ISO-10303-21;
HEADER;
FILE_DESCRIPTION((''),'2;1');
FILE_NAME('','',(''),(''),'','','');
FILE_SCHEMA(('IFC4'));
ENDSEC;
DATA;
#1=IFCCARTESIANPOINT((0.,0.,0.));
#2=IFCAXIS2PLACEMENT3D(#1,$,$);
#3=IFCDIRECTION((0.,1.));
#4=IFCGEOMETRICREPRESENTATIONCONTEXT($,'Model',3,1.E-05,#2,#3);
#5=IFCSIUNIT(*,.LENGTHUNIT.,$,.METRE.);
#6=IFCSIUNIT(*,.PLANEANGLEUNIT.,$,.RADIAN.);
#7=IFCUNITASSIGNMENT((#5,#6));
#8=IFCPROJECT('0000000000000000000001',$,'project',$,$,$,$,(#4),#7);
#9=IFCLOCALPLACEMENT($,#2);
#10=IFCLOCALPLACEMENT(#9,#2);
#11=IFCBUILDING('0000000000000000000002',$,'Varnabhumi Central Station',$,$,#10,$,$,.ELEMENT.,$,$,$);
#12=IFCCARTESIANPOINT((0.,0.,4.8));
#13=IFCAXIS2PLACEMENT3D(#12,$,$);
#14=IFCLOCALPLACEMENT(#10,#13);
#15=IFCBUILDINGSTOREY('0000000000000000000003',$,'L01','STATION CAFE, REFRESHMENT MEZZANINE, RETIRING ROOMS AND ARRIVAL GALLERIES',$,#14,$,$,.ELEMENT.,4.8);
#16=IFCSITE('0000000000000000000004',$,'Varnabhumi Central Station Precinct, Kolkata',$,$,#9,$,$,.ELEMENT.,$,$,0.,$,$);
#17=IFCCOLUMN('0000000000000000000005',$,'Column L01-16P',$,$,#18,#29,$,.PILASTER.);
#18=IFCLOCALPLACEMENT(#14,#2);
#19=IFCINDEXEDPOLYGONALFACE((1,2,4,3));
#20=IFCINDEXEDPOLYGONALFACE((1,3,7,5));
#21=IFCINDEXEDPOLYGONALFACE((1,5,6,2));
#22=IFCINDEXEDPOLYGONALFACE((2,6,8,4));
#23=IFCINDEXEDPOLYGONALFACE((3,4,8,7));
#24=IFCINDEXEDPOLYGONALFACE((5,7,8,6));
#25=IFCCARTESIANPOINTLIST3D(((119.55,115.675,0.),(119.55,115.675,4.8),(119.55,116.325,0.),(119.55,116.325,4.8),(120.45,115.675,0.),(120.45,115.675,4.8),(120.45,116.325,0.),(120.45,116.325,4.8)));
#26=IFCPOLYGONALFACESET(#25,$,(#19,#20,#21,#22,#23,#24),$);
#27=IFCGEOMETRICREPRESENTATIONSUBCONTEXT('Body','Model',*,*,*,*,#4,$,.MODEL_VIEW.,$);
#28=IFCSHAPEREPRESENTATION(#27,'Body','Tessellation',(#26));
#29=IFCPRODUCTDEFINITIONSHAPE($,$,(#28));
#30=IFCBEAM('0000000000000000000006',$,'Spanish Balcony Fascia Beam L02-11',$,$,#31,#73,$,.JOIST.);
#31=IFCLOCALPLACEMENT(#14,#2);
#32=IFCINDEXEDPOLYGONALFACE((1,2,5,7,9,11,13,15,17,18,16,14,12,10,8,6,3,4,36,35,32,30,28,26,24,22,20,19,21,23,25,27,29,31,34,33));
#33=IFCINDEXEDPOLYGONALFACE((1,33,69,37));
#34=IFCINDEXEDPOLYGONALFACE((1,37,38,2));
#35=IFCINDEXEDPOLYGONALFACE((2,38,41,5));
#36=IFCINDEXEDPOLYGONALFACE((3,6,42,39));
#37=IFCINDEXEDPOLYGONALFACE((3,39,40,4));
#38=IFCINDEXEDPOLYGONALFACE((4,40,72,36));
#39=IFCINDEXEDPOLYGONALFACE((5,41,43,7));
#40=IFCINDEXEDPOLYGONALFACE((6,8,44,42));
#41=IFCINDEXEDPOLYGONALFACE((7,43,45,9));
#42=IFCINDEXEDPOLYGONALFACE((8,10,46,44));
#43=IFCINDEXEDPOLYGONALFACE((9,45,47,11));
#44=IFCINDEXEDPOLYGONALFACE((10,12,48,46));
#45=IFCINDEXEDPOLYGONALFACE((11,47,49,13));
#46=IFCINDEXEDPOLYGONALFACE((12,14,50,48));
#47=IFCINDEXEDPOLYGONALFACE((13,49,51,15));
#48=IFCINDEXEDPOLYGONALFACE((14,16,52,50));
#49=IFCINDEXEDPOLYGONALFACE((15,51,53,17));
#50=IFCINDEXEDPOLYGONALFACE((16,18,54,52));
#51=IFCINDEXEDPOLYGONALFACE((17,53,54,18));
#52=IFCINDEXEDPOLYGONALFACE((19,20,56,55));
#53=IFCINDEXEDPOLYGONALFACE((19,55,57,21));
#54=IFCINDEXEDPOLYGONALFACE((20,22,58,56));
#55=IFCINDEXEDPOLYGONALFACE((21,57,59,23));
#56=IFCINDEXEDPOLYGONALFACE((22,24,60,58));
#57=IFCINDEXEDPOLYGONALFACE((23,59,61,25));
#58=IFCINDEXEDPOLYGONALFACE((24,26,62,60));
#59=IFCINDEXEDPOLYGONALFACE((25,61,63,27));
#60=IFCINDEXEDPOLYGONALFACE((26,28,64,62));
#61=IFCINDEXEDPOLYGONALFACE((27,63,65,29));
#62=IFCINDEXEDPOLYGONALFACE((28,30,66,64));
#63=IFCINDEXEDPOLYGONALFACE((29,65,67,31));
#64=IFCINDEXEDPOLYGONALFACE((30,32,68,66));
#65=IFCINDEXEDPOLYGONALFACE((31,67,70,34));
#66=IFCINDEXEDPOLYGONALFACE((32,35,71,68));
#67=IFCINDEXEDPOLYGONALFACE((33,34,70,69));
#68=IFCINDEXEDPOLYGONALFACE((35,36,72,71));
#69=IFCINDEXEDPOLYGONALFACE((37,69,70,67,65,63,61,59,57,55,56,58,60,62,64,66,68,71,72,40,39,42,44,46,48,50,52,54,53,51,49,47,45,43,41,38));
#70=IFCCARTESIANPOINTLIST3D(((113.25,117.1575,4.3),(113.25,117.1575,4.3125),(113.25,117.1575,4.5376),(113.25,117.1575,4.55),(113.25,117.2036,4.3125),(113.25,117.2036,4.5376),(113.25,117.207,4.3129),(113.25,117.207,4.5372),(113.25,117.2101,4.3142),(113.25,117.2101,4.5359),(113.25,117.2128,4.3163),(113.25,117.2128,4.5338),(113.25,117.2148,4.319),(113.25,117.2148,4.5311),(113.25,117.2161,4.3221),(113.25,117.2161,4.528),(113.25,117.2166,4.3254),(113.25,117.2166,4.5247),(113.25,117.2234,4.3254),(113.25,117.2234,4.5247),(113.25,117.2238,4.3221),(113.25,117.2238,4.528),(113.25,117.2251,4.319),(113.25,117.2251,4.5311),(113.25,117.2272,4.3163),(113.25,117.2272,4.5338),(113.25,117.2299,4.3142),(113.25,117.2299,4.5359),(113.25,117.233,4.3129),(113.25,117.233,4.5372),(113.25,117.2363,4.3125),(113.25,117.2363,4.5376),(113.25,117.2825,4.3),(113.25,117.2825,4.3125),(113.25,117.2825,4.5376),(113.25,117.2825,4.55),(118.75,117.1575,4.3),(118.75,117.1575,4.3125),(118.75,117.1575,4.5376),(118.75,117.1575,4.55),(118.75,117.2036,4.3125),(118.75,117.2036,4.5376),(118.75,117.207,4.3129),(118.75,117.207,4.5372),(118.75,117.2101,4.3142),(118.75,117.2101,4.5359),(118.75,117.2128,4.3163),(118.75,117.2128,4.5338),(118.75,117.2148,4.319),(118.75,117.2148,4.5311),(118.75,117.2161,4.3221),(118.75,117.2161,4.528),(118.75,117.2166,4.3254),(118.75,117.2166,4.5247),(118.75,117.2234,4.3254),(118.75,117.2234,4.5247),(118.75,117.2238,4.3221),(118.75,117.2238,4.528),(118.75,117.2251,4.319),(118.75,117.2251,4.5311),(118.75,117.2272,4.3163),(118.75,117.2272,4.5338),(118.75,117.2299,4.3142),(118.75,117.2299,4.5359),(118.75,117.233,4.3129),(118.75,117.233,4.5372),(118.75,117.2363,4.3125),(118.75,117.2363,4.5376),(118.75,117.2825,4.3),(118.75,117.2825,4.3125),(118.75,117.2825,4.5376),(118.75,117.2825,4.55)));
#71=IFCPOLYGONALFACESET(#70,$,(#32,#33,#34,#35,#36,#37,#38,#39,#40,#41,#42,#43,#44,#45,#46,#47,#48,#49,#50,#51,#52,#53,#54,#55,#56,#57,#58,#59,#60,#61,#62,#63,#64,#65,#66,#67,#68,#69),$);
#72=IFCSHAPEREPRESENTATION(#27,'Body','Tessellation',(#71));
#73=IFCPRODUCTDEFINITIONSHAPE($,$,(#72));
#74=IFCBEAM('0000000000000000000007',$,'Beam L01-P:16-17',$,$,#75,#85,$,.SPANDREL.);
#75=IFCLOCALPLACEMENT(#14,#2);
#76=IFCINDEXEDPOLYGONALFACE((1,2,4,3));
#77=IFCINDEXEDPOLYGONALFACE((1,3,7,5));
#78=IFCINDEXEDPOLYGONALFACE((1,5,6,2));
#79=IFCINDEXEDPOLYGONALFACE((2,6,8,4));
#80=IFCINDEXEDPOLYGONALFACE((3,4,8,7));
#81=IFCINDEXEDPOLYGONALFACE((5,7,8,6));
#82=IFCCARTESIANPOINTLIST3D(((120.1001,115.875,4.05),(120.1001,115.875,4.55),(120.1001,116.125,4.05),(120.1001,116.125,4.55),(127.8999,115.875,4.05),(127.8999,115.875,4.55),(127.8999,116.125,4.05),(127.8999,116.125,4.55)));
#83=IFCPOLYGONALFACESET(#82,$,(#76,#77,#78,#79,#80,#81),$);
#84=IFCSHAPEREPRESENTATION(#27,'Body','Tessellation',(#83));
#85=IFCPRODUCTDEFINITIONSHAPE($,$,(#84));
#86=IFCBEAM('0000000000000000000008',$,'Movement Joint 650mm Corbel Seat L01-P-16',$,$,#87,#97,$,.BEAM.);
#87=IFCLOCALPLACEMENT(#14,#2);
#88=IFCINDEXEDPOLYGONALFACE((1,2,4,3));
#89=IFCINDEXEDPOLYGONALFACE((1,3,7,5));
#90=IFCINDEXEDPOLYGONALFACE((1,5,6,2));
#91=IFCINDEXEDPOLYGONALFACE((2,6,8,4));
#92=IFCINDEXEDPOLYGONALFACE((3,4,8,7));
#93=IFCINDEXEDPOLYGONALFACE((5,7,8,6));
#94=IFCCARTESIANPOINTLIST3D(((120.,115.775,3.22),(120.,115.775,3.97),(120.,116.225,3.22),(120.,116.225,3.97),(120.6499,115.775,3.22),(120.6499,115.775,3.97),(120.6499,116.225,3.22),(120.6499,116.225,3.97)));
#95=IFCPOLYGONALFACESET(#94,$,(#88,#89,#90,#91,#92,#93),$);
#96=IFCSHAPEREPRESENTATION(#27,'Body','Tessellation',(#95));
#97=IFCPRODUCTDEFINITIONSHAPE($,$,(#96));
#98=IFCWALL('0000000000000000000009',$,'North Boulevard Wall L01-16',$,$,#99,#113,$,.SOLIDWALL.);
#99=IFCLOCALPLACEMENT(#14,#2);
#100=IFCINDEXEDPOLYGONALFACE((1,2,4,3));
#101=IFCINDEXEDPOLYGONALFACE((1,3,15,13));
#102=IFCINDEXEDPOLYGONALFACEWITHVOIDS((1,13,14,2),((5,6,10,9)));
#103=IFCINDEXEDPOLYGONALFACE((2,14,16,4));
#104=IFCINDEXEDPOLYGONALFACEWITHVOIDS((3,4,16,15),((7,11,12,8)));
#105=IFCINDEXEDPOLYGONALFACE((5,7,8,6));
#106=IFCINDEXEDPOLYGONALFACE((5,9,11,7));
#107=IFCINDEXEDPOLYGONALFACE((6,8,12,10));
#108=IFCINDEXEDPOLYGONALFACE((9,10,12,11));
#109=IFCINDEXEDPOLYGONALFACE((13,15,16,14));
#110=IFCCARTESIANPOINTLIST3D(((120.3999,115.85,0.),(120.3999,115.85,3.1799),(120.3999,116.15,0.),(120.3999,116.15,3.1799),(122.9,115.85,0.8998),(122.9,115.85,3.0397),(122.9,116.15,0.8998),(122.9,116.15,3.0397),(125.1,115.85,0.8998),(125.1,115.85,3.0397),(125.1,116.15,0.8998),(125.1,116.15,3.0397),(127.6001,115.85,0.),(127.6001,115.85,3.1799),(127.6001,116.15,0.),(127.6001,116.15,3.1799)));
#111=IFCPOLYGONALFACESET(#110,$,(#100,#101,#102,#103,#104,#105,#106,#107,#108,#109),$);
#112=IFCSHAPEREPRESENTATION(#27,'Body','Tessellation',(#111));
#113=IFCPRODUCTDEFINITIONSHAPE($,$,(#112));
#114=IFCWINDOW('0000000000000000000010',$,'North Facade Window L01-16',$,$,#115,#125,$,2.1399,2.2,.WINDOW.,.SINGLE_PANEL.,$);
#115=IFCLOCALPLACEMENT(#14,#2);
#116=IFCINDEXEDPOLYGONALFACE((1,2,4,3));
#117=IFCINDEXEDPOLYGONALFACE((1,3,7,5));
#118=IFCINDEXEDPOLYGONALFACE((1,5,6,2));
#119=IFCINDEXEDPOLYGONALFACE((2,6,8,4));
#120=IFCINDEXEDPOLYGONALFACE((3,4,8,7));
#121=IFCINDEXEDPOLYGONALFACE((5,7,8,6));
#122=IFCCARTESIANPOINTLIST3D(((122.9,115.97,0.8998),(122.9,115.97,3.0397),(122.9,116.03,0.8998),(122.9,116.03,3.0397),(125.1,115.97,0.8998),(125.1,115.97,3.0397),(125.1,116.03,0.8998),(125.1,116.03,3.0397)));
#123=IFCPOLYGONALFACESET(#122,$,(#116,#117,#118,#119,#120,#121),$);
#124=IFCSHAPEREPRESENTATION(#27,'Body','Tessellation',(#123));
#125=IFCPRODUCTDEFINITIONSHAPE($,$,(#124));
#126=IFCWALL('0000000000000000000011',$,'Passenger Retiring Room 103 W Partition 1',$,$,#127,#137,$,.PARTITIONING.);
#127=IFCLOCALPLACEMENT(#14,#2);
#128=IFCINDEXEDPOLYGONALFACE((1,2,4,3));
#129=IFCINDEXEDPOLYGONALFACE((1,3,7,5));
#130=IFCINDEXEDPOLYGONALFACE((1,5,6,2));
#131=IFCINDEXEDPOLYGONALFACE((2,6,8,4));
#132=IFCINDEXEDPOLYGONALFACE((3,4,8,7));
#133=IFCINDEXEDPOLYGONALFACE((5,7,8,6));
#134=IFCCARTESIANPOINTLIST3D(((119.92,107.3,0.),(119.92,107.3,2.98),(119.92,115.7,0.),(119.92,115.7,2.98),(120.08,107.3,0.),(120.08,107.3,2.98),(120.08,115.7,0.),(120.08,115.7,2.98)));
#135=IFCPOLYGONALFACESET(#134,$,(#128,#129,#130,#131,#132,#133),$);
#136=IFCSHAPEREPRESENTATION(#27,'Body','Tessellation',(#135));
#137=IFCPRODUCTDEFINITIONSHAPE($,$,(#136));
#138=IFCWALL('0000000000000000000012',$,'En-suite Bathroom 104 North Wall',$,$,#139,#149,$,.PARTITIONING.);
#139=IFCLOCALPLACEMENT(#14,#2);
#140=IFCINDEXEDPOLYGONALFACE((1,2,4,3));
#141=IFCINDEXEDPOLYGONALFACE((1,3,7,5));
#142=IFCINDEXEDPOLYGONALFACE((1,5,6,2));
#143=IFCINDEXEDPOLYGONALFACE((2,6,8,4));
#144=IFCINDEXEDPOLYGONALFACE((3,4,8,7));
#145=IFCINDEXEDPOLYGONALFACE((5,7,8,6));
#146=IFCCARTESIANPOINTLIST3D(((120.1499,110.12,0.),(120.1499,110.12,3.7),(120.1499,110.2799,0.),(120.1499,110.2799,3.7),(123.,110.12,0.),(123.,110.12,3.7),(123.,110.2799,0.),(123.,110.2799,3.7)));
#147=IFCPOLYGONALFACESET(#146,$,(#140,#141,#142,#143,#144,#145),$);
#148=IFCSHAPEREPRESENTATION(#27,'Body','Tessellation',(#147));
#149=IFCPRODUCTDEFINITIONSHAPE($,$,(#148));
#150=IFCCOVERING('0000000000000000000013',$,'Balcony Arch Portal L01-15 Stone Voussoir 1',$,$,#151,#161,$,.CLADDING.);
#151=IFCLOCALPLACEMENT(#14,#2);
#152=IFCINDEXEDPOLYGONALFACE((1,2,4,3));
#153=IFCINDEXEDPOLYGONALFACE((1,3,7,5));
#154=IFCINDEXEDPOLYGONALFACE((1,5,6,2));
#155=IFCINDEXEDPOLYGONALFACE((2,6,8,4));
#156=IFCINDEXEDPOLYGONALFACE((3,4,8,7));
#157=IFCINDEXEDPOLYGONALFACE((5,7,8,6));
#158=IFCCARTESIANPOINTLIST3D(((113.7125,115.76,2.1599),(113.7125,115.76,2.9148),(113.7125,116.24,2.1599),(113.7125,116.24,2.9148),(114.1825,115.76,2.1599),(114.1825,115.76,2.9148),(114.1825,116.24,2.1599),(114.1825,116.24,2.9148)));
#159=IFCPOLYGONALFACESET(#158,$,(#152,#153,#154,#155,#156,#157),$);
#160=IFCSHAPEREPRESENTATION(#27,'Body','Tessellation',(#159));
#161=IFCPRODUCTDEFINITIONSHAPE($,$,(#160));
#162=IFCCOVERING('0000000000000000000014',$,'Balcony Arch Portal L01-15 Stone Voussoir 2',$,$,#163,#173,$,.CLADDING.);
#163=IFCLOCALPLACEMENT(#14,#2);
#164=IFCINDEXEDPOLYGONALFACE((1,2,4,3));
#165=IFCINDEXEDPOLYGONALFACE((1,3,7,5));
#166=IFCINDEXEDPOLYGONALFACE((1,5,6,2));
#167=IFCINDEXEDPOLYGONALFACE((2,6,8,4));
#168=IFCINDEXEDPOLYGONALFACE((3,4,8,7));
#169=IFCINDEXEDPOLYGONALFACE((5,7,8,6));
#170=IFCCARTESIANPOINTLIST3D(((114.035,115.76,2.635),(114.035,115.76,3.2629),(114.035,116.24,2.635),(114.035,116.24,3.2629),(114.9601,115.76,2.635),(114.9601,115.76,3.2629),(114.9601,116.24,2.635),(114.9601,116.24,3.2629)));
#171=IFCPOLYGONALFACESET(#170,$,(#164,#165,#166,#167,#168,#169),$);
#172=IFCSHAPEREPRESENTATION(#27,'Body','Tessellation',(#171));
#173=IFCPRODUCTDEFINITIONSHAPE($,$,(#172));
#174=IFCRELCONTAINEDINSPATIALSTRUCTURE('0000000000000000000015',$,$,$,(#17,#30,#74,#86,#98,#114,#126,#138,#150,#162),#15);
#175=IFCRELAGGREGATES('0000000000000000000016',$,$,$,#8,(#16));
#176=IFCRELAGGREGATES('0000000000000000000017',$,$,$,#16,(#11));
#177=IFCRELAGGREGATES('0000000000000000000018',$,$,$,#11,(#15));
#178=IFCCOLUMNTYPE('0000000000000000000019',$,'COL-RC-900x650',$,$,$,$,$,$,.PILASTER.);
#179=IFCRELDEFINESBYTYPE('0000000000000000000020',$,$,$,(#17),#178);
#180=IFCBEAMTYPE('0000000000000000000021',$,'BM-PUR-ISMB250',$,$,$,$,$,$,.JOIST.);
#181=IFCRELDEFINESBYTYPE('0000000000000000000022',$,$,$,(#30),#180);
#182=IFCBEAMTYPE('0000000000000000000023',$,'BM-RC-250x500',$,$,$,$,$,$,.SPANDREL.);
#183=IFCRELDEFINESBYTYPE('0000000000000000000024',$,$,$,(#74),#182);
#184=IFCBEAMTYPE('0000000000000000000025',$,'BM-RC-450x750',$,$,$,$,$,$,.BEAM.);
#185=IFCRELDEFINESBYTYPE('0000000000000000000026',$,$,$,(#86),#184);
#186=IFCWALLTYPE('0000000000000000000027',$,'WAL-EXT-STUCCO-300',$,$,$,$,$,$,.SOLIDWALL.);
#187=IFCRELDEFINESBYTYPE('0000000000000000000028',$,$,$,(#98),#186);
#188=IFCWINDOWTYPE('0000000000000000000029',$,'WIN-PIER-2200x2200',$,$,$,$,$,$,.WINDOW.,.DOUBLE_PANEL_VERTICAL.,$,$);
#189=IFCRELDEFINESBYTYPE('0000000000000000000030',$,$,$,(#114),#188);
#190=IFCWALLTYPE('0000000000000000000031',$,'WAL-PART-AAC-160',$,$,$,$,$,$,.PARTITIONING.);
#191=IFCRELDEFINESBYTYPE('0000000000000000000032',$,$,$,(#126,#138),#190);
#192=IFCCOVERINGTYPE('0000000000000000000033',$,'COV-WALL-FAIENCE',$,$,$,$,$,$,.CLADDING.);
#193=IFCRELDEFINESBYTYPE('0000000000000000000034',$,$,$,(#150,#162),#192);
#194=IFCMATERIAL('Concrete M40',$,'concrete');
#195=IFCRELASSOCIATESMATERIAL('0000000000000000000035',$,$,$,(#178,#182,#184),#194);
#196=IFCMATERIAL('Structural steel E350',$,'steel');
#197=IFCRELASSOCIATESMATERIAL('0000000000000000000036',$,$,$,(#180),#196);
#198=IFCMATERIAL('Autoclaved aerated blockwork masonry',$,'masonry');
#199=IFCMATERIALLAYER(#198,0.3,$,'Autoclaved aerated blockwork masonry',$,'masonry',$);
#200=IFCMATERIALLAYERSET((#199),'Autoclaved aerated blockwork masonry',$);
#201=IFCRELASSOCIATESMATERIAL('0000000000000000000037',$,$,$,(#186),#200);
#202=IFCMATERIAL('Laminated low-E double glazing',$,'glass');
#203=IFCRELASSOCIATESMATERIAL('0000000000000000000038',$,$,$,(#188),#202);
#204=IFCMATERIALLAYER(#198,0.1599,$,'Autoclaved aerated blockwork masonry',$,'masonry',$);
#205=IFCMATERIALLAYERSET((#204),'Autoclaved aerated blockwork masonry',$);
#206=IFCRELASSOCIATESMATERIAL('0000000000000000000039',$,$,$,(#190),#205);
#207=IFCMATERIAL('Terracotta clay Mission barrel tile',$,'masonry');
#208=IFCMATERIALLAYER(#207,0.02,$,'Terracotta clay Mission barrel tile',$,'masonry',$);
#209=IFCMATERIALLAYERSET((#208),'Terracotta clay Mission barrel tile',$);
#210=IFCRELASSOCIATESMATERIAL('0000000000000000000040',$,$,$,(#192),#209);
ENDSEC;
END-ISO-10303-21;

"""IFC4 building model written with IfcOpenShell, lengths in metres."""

from ifc_helpers import new_model, si_unit, direction, frame, frame_2d, origin, origin_2d, place, context, subcontext, project, spatial, rectangle, i_section, extrude, material, layer, layer_set, material_profile, profile_set, type_object, element, fill, save


model = new_model("IFC4")

# Units and contexts
model_context = context("Model", 3, precision=1e-05, world=origin(), true_north=direction((0.0, 1.0)))
body_context = subcontext(model_context, "Body", "Model", "MODEL_VIEW")
ifc_project = project(units=[si_unit("LENGTHUNIT", "METRE"), si_unit("PLANEANGLEUNIT", "RADIAN")], contexts=[model_context])

# Site, building, storey
site_placement = place(None, origin())
site = spatial("IfcSite", under=ifc_project, at=site_placement, Name="Varnabhumi Central Station Precinct, Kolkata", CompositionType="ELEMENT", RefElevation=0.0)
building_placement = place(site_placement, origin())
building = spatial("IfcBuilding", under=site, at=building_placement, Name="Varnabhumi Central Station", CompositionType="ELEMENT")
storey_placement = place(building_placement, frame((0.0, 0.0, 4.8)))
storey = spatial("IfcBuildingStorey", under=building, at=storey_placement, Name="L01", Description="STATION CAFE, REFRESHMENT MEZZANINE, RETIRING ROOMS AND ARRIVAL GALLERIES", CompositionType="ELEMENT", Elevation=4.8)

# Column
ifc_material_1 = material(Name="Concrete M40", Category="concrete")
ifc_material_profile_1 = material_profile(ifc_material_1, rectangle(XDim=0.8999, YDim=0.6499, at=origin_2d()), Name="Concrete M40", Category="concrete")
ifc_profile_set_1 = profile_set([ifc_material_profile_1], Name="Concrete M40")
column_type = type_object("IfcColumnType", Name="COL-RC-900x650", PredefinedType="PILASTER", material=ifc_profile_set_1)
column_placement = place(storey_placement, frame((120.0, 116.0, 0.0), z_axis=(0.0, 0.0, 1.0), x_axis=(1.0, 0.0, 0.0)))
element("IfcColumn", 1, at=column_placement, inside=storey, type_object=column_type, Name="Column L01-16P", PredefinedType="PILASTER", context=body_context, shape_type="SweptSolid", body=[
    extrude(rectangle(XDim=0.8999, YDim=0.6499, at=origin_2d()), origin(), (0.0, 0.0, 1.0), 4.8),
])

# Beams
ifc_material_2 = material(Name="Structural steel E350", Category="steel")
ifc_material_profile_2 = material_profile(ifc_material_2, i_section(OverallWidth=0.125, OverallDepth=0.25, WebThickness=0.0068, FlangeThickness=0.0125, FilletRadius=0.0129, at=origin_2d()), Name="Structural steel E350", Category="steel")
ifc_profile_set_2 = profile_set([ifc_material_profile_2], Name="Structural steel E350")
beam_type_1 = type_object("IfcBeamType", Name="BM-PUR-ISMB250", PredefinedType="JOIST", material=ifc_profile_set_2)
beam_1_placement = place(storey_placement, frame((113.25, 117.22, 4.425), z_axis=(1.0, 0.0, 0.0), x_axis=(0.0, 1.0, 0.0)))
element("IfcBeam", 2, at=beam_1_placement, inside=storey, type_object=beam_type_1, Name="Spanish Balcony Fascia Beam L02-11", PredefinedType="JOIST", context=body_context, shape_type="SweptSolid", body=[
    extrude(i_section(OverallWidth=0.125, OverallDepth=0.25, WebThickness=0.0068, FlangeThickness=0.0125, FilletRadius=0.0129, at=origin_2d()), origin(), (0.0, 0.0, 1.0), 5.5),
])
ifc_material_profile_3 = material_profile(ifc_material_1, rectangle(XDim=0.25, YDim=0.5, at=origin_2d()), Name="Concrete M40", Category="concrete")
ifc_profile_set_3 = profile_set([ifc_material_profile_3], Name="Concrete M40")
beam_type_2 = type_object("IfcBeamType", Name="BM-RC-250x500", PredefinedType="SPANDREL", material=ifc_profile_set_3)
beam_2_placement = place(storey_placement, frame((120.1001, 116.0, 4.3), z_axis=(1.0, 0.0, 0.0), x_axis=(0.0, 1.0, 0.0)))
element("IfcBeam", 3, at=beam_2_placement, inside=storey, type_object=beam_type_2, Name="Beam L01-P:16-17", PredefinedType="SPANDREL", context=body_context, shape_type="SweptSolid", body=[
    extrude(rectangle(XDim=0.25, YDim=0.5, at=origin_2d()), origin(), (0.0, 0.0, 1.0), 7.7998),
])
ifc_material_profile_4 = material_profile(ifc_material_1, rectangle(XDim=0.45, YDim=0.75, at=origin_2d()), Name="Concrete M40", Category="concrete")
ifc_profile_set_4 = profile_set([ifc_material_profile_4], Name="Concrete M40")
beam_type_3 = type_object("IfcBeamType", Name="BM-RC-450x750", PredefinedType="BEAM", material=ifc_profile_set_4)
beam_3_placement = place(storey_placement, frame((120.0, 116.0, 3.595), z_axis=(1.0, 0.0, 0.0), x_axis=(0.0, 1.0, 0.0)))
element("IfcBeam", 4, at=beam_3_placement, inside=storey, type_object=beam_type_3, Name="Movement Joint 650mm Corbel Seat L01-P-16", PredefinedType="BEAM", context=body_context, shape_type="SweptSolid", body=[
    extrude(rectangle(XDim=0.45, YDim=0.75, at=origin_2d()), origin(), (0.0, 0.0, 1.0), 0.6499),
])

# Wall, opening, window
ifc_material_3 = material(Name="Autoclaved aerated blockwork masonry", Category="masonry")
ifc_layer_1 = layer(ifc_material_3, 0.3, Name="Autoclaved aerated blockwork masonry", Category="masonry")
ifc_layer_set_1 = layer_set([ifc_layer_1], Name="Autoclaved aerated blockwork masonry")
wall_type_1 = type_object("IfcWallType", Name="WAL-EXT-STUCCO-300", PredefinedType="SOLIDWALL", material=ifc_layer_set_1)
wall_1_placement = place(storey_placement, frame((120.3999, 116.0, 0.0), z_axis=(0.0, 0.0, 1.0), x_axis=(1.0, 0.0, 0.0)))
wall_1 = element("IfcWall", 5, at=wall_1_placement, inside=storey, type_object=wall_type_1, Name="North Boulevard Wall L01-16", PredefinedType="SOLIDWALL", context=body_context, shape_type="SweptSolid", body=[
    extrude(rectangle(XDim=7.2002, YDim=0.3, at=frame_2d((3.6001, 0.0))), origin(), (0.0, 0.0, 1.0), 3.1799),
])
opening_placement = place(wall_1_placement, frame((2.5, 0.0, 0.8999)))
opening = element("IfcOpeningElement", 6, at=opening_placement, cuts=wall_1, PredefinedType="OPENING", context=body_context, shape_type="SweptSolid", body=[
    extrude(rectangle(XDim=2.2, YDim=2.1399, at=frame_2d((1.1001, 1.0698))), frame((0.0, 0.1599, 0.0), z_axis=(0.0, -1.0, 0.0), x_axis=(1.0, 0.0, 0.0)), (0.0, 0.0, 1.0), 0.3201),
])
ifc_material_4 = material(Name="Laminated low-E double glazing", Category="glass")
window_type = type_object("IfcWindowType", Name="WIN-PIER-2200x2200", PartitioningType="DOUBLE_PANEL_VERTICAL", PredefinedType="WINDOW", material=ifc_material_4)
window_placement = place(opening_placement, origin())
window = element("IfcWindow", 7, at=window_placement, inside=storey, type_object=window_type, Name="North Facade Window L01-16", OverallHeight=2.1399, OverallWidth=2.2, PartitioningType="SINGLE_PANEL", PredefinedType="WINDOW", context=body_context, shape_type="SweptSolid", body=[
    extrude(rectangle(XDim=2.2, YDim=2.1399, at=frame_2d((1.1001, 1.0698))), frame((0.0, 0.03, 0.0), z_axis=(0.0, -1.0, 0.0), x_axis=(1.0, 0.0, 0.0)), (0.0, 0.0, 1.0), 0.0601),
])
fill(opening, window)

# Walls
ifc_layer_2 = layer(ifc_material_3, 0.1599, Name="Autoclaved aerated blockwork masonry", Category="masonry")
ifc_layer_set_2 = layer_set([ifc_layer_2], Name="Autoclaved aerated blockwork masonry")
wall_type_2 = type_object("IfcWallType", Name="WAL-PART-AAC-160", PredefinedType="PARTITIONING", material=ifc_layer_set_2)
wall_2_placement = place(storey_placement, frame((120.0, 107.3, 0.0), z_axis=(0.0, 0.0, 1.0), x_axis=(0.0, 1.0, 0.0)))
element("IfcWall", 8, at=wall_2_placement, inside=storey, type_object=wall_type_2, Name="Passenger Retiring Room 103 W Partition 1", PredefinedType="PARTITIONING", context=body_context, shape_type="SweptSolid", body=[
    extrude(rectangle(XDim=8.3999, YDim=0.1599, at=frame_2d((4.2, 0.0))), origin(), (0.0, 0.0, 1.0), 2.98),
])
wall_3_placement = place(storey_placement, frame((120.1499, 110.2, 0.0), z_axis=(0.0, 0.0, 1.0), x_axis=(1.0, 0.0, 0.0)))
element("IfcWall", 9, at=wall_3_placement, inside=storey, type_object=wall_type_2, Name="En-suite Bathroom 104 North Wall", PredefinedType="PARTITIONING", context=body_context, shape_type="SweptSolid", body=[
    extrude(rectangle(XDim=2.8501, YDim=0.1599, at=frame_2d((1.425, 0.0))), origin(), (0.0, 0.0, 1.0), 3.7),
])

# Coverings
ifc_material_5 = material(Name="Terracotta clay Mission barrel tile", Category="masonry")
ifc_layer_3 = layer(ifc_material_5, 0.02, Name="Terracotta clay Mission barrel tile", Category="masonry")
ifc_layer_set_3 = layer_set([ifc_layer_3], Name="Terracotta clay Mission barrel tile")
covering_type = type_object("IfcCoveringType", Name="COV-WALL-FAIENCE", PredefinedType="CLADDING", material=ifc_layer_set_3)
covering_1_placement = place(storey_placement, frame((113.9475, 116.0, 2.1599), z_axis=(0.0, 0.0, 1.0), x_axis=(1.0, 0.0, 0.0)))
element("IfcCovering", 10, at=covering_1_placement, inside=storey, type_object=covering_type, Name="Balcony Arch Portal L01-15 Stone Voussoir 1", PredefinedType="CLADDING", context=body_context, shape_type="SweptSolid", body=[
    extrude(rectangle(XDim=0.47, YDim=0.48, at=origin_2d()), origin(), (0.0, 0.0, 1.0), 0.7549),
])
covering_2_placement = place(storey_placement, frame((114.4976, 116.0, 2.635), z_axis=(0.0, 0.0, 1.0), x_axis=(1.0, 0.0, 0.0)))
element("IfcCovering", 11, at=covering_2_placement, inside=storey, type_object=covering_type, Name="Balcony Arch Portal L01-15 Stone Voussoir 2", PredefinedType="CLADDING", context=body_context, shape_type="SweptSolid", body=[
    extrude(rectangle(XDim=0.925, YDim=0.48, at=origin_2d()), origin(), (0.0, 0.0, 1.0), 0.6279),
])

save(model, "model.ifc")
